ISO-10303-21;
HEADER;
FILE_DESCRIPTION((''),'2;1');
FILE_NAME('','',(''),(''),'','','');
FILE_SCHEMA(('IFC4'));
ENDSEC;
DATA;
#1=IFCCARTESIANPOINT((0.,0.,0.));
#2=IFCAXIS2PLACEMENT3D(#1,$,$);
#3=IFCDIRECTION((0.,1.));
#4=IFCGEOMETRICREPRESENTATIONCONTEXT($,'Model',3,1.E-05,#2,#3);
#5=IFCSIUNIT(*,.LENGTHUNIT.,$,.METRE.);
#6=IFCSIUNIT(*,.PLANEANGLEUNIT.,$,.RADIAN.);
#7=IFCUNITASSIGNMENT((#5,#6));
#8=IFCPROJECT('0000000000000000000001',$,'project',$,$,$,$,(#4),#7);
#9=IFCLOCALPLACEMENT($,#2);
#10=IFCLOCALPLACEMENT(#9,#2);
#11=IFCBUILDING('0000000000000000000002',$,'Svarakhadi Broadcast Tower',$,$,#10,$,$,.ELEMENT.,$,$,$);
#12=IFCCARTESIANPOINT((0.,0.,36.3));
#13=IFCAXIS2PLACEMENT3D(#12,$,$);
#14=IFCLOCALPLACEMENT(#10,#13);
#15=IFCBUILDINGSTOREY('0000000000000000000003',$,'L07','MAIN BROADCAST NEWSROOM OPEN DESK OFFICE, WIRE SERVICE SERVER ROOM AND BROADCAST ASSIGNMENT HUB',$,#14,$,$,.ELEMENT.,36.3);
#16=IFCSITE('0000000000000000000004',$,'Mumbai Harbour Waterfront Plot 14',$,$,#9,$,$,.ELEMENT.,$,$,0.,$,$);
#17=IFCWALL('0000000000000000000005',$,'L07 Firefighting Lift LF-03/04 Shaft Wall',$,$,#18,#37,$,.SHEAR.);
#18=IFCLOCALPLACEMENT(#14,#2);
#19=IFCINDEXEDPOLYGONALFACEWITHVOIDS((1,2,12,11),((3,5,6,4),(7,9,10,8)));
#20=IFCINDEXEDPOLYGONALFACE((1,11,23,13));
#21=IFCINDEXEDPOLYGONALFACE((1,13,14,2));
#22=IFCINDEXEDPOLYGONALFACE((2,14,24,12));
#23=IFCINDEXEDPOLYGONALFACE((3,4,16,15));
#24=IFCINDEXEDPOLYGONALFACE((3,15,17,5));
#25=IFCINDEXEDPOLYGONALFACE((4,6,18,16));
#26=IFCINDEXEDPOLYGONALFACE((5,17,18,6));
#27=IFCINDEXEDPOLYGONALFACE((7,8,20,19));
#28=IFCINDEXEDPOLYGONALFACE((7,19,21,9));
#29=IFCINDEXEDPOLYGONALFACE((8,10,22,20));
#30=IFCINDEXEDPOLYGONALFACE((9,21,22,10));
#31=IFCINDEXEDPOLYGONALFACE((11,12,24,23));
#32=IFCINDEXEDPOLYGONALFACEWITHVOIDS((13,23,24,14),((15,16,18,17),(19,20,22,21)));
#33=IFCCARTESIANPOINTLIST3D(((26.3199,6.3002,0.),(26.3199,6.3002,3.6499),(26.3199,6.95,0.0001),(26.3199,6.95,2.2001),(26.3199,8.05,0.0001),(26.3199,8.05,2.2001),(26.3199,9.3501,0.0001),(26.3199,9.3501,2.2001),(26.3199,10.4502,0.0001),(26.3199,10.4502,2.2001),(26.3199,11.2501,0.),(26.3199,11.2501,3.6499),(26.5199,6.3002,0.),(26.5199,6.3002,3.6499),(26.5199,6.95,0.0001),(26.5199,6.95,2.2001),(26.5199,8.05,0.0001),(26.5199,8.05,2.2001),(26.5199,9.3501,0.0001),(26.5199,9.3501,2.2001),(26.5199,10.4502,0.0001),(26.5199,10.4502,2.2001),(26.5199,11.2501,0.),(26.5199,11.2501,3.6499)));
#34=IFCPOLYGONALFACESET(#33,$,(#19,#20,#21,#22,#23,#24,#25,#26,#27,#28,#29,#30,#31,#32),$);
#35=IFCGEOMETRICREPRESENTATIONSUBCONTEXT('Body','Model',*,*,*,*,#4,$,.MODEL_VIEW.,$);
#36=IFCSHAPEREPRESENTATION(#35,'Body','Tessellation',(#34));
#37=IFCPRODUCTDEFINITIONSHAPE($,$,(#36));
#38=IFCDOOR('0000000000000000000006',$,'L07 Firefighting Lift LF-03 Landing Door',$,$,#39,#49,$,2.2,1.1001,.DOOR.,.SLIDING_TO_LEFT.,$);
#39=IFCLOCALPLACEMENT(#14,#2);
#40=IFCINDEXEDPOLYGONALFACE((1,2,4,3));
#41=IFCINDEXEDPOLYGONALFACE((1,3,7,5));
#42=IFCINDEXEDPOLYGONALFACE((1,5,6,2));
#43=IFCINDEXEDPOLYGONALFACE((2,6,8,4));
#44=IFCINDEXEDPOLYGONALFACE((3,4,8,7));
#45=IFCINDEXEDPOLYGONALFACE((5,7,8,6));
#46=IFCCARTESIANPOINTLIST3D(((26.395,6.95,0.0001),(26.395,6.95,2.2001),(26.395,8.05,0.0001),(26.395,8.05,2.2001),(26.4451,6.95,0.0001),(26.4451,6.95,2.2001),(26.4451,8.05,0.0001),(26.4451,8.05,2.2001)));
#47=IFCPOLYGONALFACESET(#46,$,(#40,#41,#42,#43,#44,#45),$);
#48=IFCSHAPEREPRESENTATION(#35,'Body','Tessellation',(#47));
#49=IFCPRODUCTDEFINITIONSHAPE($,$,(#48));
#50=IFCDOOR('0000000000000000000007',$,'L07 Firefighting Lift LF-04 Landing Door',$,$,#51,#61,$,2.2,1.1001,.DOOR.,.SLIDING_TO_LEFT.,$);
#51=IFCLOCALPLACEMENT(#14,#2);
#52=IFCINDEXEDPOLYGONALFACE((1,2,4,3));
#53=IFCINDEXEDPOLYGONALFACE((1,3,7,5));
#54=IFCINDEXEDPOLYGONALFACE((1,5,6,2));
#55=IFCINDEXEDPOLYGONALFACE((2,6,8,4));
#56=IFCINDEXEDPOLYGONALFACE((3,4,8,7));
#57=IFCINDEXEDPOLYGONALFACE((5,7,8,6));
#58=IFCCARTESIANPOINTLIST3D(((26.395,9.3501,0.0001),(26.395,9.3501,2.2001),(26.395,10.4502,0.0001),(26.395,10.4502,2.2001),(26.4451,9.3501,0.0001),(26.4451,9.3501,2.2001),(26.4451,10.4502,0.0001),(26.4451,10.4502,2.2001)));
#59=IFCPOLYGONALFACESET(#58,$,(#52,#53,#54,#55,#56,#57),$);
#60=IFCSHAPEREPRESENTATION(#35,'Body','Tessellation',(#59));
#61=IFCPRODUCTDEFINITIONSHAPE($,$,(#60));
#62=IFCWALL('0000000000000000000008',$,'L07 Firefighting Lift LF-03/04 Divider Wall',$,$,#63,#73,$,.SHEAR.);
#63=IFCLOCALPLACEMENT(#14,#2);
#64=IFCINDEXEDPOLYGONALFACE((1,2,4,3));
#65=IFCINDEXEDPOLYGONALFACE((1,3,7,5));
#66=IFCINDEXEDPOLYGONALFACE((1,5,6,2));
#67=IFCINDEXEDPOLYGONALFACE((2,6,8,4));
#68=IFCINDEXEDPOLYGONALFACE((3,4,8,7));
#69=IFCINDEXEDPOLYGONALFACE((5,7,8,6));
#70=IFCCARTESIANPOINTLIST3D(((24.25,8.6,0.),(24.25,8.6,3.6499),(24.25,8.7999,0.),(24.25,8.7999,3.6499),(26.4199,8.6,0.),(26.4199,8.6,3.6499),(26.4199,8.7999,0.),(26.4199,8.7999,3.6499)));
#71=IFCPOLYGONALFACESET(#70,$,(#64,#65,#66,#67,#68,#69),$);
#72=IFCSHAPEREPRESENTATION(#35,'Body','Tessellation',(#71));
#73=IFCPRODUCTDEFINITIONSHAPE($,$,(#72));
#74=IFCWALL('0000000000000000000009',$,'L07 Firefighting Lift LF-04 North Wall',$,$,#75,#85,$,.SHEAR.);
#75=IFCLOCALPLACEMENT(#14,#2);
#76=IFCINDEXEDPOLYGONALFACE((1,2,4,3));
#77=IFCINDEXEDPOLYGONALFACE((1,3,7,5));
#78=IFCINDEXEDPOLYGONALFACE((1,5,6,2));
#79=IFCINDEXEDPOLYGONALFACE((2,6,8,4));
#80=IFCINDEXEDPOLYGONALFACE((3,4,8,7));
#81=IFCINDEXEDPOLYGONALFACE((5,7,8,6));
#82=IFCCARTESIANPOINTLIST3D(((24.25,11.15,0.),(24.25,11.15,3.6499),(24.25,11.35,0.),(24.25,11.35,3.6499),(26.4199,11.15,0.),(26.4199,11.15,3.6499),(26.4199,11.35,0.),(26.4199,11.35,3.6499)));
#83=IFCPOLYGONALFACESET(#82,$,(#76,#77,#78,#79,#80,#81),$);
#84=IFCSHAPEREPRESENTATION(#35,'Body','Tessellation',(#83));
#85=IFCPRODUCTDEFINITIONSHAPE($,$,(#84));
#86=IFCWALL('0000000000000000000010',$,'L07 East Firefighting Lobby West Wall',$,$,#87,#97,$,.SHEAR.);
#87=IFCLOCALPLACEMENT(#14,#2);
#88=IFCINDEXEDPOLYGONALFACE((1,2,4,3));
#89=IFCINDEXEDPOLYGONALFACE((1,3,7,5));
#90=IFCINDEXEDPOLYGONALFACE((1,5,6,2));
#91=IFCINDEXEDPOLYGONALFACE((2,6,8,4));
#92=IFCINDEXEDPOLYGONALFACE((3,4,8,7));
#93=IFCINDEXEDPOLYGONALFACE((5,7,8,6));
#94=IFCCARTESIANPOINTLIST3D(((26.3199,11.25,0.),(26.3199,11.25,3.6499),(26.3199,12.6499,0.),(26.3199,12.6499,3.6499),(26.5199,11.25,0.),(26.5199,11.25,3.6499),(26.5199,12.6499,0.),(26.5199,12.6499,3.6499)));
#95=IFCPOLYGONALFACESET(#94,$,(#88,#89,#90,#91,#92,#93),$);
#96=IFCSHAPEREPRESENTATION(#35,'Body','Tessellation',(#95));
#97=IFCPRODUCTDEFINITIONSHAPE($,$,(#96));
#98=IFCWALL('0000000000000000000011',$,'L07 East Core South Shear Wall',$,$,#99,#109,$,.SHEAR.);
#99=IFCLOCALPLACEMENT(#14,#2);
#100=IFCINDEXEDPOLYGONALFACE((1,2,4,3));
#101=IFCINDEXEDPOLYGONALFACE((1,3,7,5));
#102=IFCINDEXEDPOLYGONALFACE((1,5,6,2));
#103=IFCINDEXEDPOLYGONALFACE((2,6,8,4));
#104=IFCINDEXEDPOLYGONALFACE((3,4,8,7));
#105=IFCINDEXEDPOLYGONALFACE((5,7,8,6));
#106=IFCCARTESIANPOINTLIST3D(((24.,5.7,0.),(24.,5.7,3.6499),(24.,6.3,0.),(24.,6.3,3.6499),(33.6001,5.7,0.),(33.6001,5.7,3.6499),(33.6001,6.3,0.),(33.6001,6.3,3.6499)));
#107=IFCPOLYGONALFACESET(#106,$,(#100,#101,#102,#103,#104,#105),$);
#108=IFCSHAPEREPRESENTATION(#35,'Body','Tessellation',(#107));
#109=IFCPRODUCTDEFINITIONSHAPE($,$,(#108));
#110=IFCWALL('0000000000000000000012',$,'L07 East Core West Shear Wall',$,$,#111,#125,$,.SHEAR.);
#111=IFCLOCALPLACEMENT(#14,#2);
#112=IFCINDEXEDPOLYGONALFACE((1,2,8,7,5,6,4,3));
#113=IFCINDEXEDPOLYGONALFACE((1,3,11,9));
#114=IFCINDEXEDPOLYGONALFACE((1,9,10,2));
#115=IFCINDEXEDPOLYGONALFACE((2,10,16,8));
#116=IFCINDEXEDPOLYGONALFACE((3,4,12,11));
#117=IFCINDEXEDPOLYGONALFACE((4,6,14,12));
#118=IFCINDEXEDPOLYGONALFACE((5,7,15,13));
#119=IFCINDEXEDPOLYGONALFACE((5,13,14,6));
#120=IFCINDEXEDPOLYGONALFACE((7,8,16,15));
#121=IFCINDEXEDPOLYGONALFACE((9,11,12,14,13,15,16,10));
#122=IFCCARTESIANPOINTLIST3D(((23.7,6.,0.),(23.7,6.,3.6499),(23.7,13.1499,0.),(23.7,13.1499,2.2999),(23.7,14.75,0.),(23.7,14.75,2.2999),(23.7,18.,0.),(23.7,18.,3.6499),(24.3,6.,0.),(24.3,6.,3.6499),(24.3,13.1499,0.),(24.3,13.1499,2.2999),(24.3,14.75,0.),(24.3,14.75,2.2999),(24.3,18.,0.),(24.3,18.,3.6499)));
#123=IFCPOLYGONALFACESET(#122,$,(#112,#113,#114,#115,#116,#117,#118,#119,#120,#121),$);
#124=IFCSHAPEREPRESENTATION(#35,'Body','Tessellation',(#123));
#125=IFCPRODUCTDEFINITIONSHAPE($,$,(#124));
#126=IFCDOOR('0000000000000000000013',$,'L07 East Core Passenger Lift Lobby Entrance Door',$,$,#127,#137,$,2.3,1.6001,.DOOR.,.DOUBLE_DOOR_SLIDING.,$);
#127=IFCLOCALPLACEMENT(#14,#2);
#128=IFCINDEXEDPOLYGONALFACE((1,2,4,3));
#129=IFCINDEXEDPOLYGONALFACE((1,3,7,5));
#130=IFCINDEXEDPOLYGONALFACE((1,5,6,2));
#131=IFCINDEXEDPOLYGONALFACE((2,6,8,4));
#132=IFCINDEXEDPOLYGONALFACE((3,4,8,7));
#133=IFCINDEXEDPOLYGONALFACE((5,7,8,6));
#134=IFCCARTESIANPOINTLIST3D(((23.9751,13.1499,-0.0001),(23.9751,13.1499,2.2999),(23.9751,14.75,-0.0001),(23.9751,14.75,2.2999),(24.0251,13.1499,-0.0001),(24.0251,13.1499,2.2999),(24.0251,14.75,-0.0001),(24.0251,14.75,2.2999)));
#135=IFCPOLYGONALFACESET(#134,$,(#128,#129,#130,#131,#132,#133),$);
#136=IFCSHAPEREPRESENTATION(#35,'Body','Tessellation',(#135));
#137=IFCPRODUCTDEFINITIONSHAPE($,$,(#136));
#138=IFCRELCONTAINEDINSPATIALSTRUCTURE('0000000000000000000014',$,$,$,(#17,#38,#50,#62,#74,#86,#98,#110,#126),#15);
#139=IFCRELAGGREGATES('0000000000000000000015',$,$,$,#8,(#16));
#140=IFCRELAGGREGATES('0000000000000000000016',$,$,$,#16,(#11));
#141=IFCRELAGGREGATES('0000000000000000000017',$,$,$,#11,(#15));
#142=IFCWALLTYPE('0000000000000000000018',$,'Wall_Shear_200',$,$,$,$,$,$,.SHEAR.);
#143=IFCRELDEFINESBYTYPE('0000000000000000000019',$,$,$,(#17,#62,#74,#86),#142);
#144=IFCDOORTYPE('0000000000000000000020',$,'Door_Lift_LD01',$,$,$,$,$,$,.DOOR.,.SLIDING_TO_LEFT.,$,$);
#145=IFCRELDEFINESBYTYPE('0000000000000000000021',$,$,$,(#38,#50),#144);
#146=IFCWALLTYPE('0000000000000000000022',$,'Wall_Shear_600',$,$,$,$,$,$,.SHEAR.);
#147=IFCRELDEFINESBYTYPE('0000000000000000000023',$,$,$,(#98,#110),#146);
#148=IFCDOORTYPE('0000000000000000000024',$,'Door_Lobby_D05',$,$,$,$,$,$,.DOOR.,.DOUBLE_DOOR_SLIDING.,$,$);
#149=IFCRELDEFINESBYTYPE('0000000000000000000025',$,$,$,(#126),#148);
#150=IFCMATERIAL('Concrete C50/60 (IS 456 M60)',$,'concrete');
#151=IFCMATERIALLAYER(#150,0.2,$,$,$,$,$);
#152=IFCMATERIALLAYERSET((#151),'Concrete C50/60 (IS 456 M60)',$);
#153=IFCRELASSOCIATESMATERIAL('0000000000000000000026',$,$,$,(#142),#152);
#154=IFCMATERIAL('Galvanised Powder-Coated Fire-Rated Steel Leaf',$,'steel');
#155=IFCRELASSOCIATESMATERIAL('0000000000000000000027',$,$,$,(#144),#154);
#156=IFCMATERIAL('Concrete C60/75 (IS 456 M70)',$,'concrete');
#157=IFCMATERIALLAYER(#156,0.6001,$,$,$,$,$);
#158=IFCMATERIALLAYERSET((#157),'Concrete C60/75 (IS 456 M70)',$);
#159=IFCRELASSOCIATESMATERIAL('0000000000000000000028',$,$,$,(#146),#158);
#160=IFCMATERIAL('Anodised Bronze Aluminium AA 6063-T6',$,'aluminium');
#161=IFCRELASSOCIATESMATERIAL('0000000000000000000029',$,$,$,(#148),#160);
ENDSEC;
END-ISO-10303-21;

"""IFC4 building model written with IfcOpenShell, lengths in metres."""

from ifc_helpers import new_model, si_unit, direction, frame, frame_2d, origin, place, context, subcontext, project, spatial, rectangle, extrude, material, layer, layer_set, type_object, element, fill, save


model = new_model("IFC4")

# Units and contexts
model_context = context("Model", 3, precision=1e-05, world=origin(), true_north=direction((0.0, 1.0)))
body_context = subcontext(model_context, "Body", "Model", "MODEL_VIEW")
ifc_project = project(units=[si_unit("LENGTHUNIT", "METRE"), si_unit("PLANEANGLEUNIT", "RADIAN")], contexts=[model_context])

# Site, building, storey
site_placement = place(None, origin())
site = spatial("IfcSite", under=ifc_project, at=site_placement, Name="Mumbai Harbour Waterfront Plot 14", CompositionType="ELEMENT", RefElevation=0.0)
building_placement = place(site_placement, origin())
building = spatial("IfcBuilding", under=site, at=building_placement, Name="Svarakhadi Broadcast Tower", CompositionType="ELEMENT")
storey_placement = place(building_placement, frame((0.0, 0.0, 36.3)))
storey = spatial("IfcBuildingStorey", under=building, at=storey_placement, Name="L07", Description="MAIN BROADCAST NEWSROOM OPEN DESK OFFICE, WIRE SERVICE SERVER ROOM AND BROADCAST ASSIGNMENT HUB", CompositionType="ELEMENT", Elevation=36.3)

# Shared definitions
ifc_material_1 = material(Name="Concrete C60/75 (IS 456 M70)", Category="concrete")

# Wall, openings, doors
ifc_material_2 = material(Name="Concrete C50/60 (IS 456 M60)", Category="concrete")
ifc_layer_1 = layer(ifc_material_2, 0.2)
ifc_layer_set_1 = layer_set([ifc_layer_1], Name="Concrete C50/60 (IS 456 M60)")
wall_type_1 = type_object("IfcWallType", Name="Wall_Shear_200", PredefinedType="SHEAR", material=ifc_layer_set_1)
wall_1_placement = place(storey_placement, frame((26.4199, 6.3, 0.0), z_axis=(0.0, 0.0, 1.0), x_axis=(0.0, 1.0, 0.0)))
wall_1 = element("IfcWall", 1, at=wall_1_placement, inside=storey, type_object=wall_type_1, Name="L07 Firefighting Lift LF-03/04 Shaft Wall", PredefinedType="SHEAR", context=body_context, shape_type="SweptSolid", body=[
    extrude(rectangle(XDim=4.95, YDim=0.2, at=frame_2d((2.4751, 0.0))), origin(), (0.0, 0.0, 1.0), 3.6499),
])
opening_1_placement = place(wall_1_placement, frame((0.6499, 0.0, 0.0)))
opening_1 = element("IfcOpeningElement", 2, at=opening_1_placement, cuts=wall_1, PredefinedType="OPENING", context=body_context, shape_type="SweptSolid", body=[
    extrude(rectangle(XDim=1.1001, YDim=2.2, at=frame_2d((0.55, 1.1001))), frame((0.0, 0.1099, 0.0), z_axis=(0.0, -1.0, 0.0), x_axis=(1.0, 0.0, 0.0)), (0.0, 0.0, 1.0), 0.22),
])
opening_2_placement = place(wall_1_placement, frame((3.05, 0.0, 0.0)))
opening_2 = element("IfcOpeningElement", 3, at=opening_2_placement, cuts=wall_1, PredefinedType="OPENING", context=body_context, shape_type="SweptSolid", body=[
    extrude(rectangle(XDim=1.1001, YDim=2.2, at=frame_2d((0.55, 1.1001))), frame((0.0, 0.1099, 0.0), z_axis=(0.0, -1.0, 0.0), x_axis=(1.0, 0.0, 0.0)), (0.0, 0.0, 1.0), 0.22),
])
ifc_material_3 = material(Name="Galvanised Powder-Coated Fire-Rated Steel Leaf", Category="steel")
door_type_1 = type_object("IfcDoorType", Name="Door_Lift_LD01", OperationType="SLIDING_TO_LEFT", PredefinedType="DOOR", material=ifc_material_3)
door_1_placement = place(opening_1_placement, origin())
door_1 = element("IfcDoor", 4, at=door_1_placement, inside=storey, type_object=door_type_1, Name="L07 Firefighting Lift LF-03 Landing Door", OperationType="SLIDING_TO_LEFT", OverallHeight=2.2, OverallWidth=1.1001, PredefinedType="DOOR", context=body_context, shape_type="SweptSolid", body=[
    extrude(rectangle(XDim=1.1001, YDim=2.2, at=frame_2d((0.55, 1.1001))), frame((0.0, 0.0249, 0.0), z_axis=(0.0, -1.0, 0.0), x_axis=(1.0, 0.0, 0.0)), (0.0, 0.0, 1.0), 0.05),
])
fill(opening_1, door_1)
door_2_placement = place(opening_2_placement, origin())
door_2 = element("IfcDoor", 5, at=door_2_placement, inside=storey, type_object=door_type_1, Name="L07 Firefighting Lift LF-04 Landing Door", OperationType="SLIDING_TO_LEFT", OverallHeight=2.2, OverallWidth=1.1001, PredefinedType="DOOR", context=body_context, shape_type="SweptSolid", body=[
    extrude(rectangle(XDim=1.1001, YDim=2.2, at=frame_2d((0.55, 1.1001))), frame((0.0, 0.0249, 0.0), z_axis=(0.0, -1.0, 0.0), x_axis=(1.0, 0.0, 0.0)), (0.0, 0.0, 1.0), 0.05),
])
fill(opening_2, door_2)

# Walls
for number, where, z_axis, x_axis, name in (
    (6, (24.25, 8.7, 0.0), (0.0, 0.0, 1.0), (1.0, 0.0, 0.0), "L07 Firefighting Lift LF-03/04 Divider Wall"),
    (7, (24.25, 11.25, 0.0), (0.0, 0.0, 1.0), (1.0, 0.0, 0.0), "L07 Firefighting Lift LF-04 North Wall"),
):
    element("IfcWall", number, at=place(storey_placement, frame(where, z_axis=z_axis, x_axis=x_axis)), inside=storey, type_object=wall_type_1, Name=name, PredefinedType="SHEAR", context=body_context, shape_type="SweptSolid", body=[
        extrude(rectangle(XDim=2.1699, YDim=0.2, at=frame_2d((1.085, 0.0))), origin(), (0.0, 0.0, 1.0), 3.6499),
    ])
wall_2_placement = place(storey_placement, frame((26.4199, 11.25, 0.0), z_axis=(0.0, 0.0, 1.0), x_axis=(0.0, 1.0, 0.0)))
element("IfcWall", 8, at=wall_2_placement, inside=storey, type_object=wall_type_1, Name="L07 East Firefighting Lobby West Wall", PredefinedType="SHEAR", context=body_context, shape_type="SweptSolid", body=[
    extrude(rectangle(XDim=1.3999, YDim=0.2, at=frame_2d((0.7, 0.0))), origin(), (0.0, 0.0, 1.0), 3.6499),
])
ifc_layer_2 = layer(ifc_material_1, 0.6001)
ifc_layer_set_2 = layer_set([ifc_layer_2], Name="Concrete C60/75 (IS 456 M70)")
wall_type_2 = type_object("IfcWallType", Name="Wall_Shear_600", PredefinedType="SHEAR", material=ifc_layer_set_2)
wall_3_placement = place(storey_placement, frame((24.0, 6.0, 0.0), z_axis=(0.0, 0.0, 1.0), x_axis=(1.0, 0.0, 0.0)))
element("IfcWall", 9, at=wall_3_placement, inside=storey, type_object=wall_type_2, Name="L07 East Core South Shear Wall", PredefinedType="SHEAR", context=body_context, shape_type="SweptSolid", body=[
    extrude(rectangle(XDim=9.6001, YDim=0.6001, at=frame_2d((4.8, 0.0))), origin(), (0.0, 0.0, 1.0), 3.6499),
])

# Wall, opening, door
wall_4_placement = place(storey_placement, frame((24.0, 6.0, 0.0), z_axis=(0.0, 0.0, 1.0), x_axis=(0.0, 1.0, 0.0)))
wall_4 = element("IfcWall", 10, at=wall_4_placement, inside=storey, type_object=wall_type_2, Name="L07 East Core West Shear Wall", PredefinedType="SHEAR", context=body_context, shape_type="SweptSolid", body=[
    extrude(rectangle(XDim=12.0, YDim=0.6001, at=frame_2d((6.0, 0.0))), origin(), (0.0, 0.0, 1.0), 3.6499),
])
opening_3_placement = place(wall_4_placement, frame((7.1499, 0.0, 0.0)))
opening_3 = element("IfcOpeningElement", 11, at=opening_3_placement, cuts=wall_4, PredefinedType="OPENING", context=body_context, shape_type="SweptSolid", body=[
    extrude(rectangle(XDim=1.6001, YDim=2.3, at=frame_2d((0.8, 1.1499))), frame((0.0, 0.3101, 0.0), z_axis=(0.0, -1.0, 0.0), x_axis=(1.0, 0.0, 0.0)), (0.0, 0.0, 1.0), 0.6201),
])
ifc_material_4 = material(Name="Anodised Bronze Aluminium AA 6063-T6", Category="aluminium")
door_type_2 = type_object("IfcDoorType", Name="Door_Lobby_D05", OperationType="DOUBLE_DOOR_SLIDING", PredefinedType="DOOR", material=ifc_material_4)
door_3_placement = place(opening_3_placement, origin())
door_3 = element("IfcDoor", 12, at=door_3_placement, inside=storey, type_object=door_type_2, Name="L07 East Core Passenger Lift Lobby Entrance Door", OperationType="DOUBLE_DOOR_SLIDING", OverallHeight=2.3, OverallWidth=1.6001, PredefinedType="DOOR", context=body_context, shape_type="SweptSolid", body=[
    extrude(rectangle(XDim=1.6001, YDim=2.3, at=frame_2d((0.8, 1.1499))), frame((0.0, 0.0249, 0.0), z_axis=(0.0, -1.0, 0.0), x_axis=(1.0, 0.0, 0.0)), (0.0, 0.0, 1.0), 0.05),
])
fill(opening_3, door_3)

save(model, "model.ifc")
